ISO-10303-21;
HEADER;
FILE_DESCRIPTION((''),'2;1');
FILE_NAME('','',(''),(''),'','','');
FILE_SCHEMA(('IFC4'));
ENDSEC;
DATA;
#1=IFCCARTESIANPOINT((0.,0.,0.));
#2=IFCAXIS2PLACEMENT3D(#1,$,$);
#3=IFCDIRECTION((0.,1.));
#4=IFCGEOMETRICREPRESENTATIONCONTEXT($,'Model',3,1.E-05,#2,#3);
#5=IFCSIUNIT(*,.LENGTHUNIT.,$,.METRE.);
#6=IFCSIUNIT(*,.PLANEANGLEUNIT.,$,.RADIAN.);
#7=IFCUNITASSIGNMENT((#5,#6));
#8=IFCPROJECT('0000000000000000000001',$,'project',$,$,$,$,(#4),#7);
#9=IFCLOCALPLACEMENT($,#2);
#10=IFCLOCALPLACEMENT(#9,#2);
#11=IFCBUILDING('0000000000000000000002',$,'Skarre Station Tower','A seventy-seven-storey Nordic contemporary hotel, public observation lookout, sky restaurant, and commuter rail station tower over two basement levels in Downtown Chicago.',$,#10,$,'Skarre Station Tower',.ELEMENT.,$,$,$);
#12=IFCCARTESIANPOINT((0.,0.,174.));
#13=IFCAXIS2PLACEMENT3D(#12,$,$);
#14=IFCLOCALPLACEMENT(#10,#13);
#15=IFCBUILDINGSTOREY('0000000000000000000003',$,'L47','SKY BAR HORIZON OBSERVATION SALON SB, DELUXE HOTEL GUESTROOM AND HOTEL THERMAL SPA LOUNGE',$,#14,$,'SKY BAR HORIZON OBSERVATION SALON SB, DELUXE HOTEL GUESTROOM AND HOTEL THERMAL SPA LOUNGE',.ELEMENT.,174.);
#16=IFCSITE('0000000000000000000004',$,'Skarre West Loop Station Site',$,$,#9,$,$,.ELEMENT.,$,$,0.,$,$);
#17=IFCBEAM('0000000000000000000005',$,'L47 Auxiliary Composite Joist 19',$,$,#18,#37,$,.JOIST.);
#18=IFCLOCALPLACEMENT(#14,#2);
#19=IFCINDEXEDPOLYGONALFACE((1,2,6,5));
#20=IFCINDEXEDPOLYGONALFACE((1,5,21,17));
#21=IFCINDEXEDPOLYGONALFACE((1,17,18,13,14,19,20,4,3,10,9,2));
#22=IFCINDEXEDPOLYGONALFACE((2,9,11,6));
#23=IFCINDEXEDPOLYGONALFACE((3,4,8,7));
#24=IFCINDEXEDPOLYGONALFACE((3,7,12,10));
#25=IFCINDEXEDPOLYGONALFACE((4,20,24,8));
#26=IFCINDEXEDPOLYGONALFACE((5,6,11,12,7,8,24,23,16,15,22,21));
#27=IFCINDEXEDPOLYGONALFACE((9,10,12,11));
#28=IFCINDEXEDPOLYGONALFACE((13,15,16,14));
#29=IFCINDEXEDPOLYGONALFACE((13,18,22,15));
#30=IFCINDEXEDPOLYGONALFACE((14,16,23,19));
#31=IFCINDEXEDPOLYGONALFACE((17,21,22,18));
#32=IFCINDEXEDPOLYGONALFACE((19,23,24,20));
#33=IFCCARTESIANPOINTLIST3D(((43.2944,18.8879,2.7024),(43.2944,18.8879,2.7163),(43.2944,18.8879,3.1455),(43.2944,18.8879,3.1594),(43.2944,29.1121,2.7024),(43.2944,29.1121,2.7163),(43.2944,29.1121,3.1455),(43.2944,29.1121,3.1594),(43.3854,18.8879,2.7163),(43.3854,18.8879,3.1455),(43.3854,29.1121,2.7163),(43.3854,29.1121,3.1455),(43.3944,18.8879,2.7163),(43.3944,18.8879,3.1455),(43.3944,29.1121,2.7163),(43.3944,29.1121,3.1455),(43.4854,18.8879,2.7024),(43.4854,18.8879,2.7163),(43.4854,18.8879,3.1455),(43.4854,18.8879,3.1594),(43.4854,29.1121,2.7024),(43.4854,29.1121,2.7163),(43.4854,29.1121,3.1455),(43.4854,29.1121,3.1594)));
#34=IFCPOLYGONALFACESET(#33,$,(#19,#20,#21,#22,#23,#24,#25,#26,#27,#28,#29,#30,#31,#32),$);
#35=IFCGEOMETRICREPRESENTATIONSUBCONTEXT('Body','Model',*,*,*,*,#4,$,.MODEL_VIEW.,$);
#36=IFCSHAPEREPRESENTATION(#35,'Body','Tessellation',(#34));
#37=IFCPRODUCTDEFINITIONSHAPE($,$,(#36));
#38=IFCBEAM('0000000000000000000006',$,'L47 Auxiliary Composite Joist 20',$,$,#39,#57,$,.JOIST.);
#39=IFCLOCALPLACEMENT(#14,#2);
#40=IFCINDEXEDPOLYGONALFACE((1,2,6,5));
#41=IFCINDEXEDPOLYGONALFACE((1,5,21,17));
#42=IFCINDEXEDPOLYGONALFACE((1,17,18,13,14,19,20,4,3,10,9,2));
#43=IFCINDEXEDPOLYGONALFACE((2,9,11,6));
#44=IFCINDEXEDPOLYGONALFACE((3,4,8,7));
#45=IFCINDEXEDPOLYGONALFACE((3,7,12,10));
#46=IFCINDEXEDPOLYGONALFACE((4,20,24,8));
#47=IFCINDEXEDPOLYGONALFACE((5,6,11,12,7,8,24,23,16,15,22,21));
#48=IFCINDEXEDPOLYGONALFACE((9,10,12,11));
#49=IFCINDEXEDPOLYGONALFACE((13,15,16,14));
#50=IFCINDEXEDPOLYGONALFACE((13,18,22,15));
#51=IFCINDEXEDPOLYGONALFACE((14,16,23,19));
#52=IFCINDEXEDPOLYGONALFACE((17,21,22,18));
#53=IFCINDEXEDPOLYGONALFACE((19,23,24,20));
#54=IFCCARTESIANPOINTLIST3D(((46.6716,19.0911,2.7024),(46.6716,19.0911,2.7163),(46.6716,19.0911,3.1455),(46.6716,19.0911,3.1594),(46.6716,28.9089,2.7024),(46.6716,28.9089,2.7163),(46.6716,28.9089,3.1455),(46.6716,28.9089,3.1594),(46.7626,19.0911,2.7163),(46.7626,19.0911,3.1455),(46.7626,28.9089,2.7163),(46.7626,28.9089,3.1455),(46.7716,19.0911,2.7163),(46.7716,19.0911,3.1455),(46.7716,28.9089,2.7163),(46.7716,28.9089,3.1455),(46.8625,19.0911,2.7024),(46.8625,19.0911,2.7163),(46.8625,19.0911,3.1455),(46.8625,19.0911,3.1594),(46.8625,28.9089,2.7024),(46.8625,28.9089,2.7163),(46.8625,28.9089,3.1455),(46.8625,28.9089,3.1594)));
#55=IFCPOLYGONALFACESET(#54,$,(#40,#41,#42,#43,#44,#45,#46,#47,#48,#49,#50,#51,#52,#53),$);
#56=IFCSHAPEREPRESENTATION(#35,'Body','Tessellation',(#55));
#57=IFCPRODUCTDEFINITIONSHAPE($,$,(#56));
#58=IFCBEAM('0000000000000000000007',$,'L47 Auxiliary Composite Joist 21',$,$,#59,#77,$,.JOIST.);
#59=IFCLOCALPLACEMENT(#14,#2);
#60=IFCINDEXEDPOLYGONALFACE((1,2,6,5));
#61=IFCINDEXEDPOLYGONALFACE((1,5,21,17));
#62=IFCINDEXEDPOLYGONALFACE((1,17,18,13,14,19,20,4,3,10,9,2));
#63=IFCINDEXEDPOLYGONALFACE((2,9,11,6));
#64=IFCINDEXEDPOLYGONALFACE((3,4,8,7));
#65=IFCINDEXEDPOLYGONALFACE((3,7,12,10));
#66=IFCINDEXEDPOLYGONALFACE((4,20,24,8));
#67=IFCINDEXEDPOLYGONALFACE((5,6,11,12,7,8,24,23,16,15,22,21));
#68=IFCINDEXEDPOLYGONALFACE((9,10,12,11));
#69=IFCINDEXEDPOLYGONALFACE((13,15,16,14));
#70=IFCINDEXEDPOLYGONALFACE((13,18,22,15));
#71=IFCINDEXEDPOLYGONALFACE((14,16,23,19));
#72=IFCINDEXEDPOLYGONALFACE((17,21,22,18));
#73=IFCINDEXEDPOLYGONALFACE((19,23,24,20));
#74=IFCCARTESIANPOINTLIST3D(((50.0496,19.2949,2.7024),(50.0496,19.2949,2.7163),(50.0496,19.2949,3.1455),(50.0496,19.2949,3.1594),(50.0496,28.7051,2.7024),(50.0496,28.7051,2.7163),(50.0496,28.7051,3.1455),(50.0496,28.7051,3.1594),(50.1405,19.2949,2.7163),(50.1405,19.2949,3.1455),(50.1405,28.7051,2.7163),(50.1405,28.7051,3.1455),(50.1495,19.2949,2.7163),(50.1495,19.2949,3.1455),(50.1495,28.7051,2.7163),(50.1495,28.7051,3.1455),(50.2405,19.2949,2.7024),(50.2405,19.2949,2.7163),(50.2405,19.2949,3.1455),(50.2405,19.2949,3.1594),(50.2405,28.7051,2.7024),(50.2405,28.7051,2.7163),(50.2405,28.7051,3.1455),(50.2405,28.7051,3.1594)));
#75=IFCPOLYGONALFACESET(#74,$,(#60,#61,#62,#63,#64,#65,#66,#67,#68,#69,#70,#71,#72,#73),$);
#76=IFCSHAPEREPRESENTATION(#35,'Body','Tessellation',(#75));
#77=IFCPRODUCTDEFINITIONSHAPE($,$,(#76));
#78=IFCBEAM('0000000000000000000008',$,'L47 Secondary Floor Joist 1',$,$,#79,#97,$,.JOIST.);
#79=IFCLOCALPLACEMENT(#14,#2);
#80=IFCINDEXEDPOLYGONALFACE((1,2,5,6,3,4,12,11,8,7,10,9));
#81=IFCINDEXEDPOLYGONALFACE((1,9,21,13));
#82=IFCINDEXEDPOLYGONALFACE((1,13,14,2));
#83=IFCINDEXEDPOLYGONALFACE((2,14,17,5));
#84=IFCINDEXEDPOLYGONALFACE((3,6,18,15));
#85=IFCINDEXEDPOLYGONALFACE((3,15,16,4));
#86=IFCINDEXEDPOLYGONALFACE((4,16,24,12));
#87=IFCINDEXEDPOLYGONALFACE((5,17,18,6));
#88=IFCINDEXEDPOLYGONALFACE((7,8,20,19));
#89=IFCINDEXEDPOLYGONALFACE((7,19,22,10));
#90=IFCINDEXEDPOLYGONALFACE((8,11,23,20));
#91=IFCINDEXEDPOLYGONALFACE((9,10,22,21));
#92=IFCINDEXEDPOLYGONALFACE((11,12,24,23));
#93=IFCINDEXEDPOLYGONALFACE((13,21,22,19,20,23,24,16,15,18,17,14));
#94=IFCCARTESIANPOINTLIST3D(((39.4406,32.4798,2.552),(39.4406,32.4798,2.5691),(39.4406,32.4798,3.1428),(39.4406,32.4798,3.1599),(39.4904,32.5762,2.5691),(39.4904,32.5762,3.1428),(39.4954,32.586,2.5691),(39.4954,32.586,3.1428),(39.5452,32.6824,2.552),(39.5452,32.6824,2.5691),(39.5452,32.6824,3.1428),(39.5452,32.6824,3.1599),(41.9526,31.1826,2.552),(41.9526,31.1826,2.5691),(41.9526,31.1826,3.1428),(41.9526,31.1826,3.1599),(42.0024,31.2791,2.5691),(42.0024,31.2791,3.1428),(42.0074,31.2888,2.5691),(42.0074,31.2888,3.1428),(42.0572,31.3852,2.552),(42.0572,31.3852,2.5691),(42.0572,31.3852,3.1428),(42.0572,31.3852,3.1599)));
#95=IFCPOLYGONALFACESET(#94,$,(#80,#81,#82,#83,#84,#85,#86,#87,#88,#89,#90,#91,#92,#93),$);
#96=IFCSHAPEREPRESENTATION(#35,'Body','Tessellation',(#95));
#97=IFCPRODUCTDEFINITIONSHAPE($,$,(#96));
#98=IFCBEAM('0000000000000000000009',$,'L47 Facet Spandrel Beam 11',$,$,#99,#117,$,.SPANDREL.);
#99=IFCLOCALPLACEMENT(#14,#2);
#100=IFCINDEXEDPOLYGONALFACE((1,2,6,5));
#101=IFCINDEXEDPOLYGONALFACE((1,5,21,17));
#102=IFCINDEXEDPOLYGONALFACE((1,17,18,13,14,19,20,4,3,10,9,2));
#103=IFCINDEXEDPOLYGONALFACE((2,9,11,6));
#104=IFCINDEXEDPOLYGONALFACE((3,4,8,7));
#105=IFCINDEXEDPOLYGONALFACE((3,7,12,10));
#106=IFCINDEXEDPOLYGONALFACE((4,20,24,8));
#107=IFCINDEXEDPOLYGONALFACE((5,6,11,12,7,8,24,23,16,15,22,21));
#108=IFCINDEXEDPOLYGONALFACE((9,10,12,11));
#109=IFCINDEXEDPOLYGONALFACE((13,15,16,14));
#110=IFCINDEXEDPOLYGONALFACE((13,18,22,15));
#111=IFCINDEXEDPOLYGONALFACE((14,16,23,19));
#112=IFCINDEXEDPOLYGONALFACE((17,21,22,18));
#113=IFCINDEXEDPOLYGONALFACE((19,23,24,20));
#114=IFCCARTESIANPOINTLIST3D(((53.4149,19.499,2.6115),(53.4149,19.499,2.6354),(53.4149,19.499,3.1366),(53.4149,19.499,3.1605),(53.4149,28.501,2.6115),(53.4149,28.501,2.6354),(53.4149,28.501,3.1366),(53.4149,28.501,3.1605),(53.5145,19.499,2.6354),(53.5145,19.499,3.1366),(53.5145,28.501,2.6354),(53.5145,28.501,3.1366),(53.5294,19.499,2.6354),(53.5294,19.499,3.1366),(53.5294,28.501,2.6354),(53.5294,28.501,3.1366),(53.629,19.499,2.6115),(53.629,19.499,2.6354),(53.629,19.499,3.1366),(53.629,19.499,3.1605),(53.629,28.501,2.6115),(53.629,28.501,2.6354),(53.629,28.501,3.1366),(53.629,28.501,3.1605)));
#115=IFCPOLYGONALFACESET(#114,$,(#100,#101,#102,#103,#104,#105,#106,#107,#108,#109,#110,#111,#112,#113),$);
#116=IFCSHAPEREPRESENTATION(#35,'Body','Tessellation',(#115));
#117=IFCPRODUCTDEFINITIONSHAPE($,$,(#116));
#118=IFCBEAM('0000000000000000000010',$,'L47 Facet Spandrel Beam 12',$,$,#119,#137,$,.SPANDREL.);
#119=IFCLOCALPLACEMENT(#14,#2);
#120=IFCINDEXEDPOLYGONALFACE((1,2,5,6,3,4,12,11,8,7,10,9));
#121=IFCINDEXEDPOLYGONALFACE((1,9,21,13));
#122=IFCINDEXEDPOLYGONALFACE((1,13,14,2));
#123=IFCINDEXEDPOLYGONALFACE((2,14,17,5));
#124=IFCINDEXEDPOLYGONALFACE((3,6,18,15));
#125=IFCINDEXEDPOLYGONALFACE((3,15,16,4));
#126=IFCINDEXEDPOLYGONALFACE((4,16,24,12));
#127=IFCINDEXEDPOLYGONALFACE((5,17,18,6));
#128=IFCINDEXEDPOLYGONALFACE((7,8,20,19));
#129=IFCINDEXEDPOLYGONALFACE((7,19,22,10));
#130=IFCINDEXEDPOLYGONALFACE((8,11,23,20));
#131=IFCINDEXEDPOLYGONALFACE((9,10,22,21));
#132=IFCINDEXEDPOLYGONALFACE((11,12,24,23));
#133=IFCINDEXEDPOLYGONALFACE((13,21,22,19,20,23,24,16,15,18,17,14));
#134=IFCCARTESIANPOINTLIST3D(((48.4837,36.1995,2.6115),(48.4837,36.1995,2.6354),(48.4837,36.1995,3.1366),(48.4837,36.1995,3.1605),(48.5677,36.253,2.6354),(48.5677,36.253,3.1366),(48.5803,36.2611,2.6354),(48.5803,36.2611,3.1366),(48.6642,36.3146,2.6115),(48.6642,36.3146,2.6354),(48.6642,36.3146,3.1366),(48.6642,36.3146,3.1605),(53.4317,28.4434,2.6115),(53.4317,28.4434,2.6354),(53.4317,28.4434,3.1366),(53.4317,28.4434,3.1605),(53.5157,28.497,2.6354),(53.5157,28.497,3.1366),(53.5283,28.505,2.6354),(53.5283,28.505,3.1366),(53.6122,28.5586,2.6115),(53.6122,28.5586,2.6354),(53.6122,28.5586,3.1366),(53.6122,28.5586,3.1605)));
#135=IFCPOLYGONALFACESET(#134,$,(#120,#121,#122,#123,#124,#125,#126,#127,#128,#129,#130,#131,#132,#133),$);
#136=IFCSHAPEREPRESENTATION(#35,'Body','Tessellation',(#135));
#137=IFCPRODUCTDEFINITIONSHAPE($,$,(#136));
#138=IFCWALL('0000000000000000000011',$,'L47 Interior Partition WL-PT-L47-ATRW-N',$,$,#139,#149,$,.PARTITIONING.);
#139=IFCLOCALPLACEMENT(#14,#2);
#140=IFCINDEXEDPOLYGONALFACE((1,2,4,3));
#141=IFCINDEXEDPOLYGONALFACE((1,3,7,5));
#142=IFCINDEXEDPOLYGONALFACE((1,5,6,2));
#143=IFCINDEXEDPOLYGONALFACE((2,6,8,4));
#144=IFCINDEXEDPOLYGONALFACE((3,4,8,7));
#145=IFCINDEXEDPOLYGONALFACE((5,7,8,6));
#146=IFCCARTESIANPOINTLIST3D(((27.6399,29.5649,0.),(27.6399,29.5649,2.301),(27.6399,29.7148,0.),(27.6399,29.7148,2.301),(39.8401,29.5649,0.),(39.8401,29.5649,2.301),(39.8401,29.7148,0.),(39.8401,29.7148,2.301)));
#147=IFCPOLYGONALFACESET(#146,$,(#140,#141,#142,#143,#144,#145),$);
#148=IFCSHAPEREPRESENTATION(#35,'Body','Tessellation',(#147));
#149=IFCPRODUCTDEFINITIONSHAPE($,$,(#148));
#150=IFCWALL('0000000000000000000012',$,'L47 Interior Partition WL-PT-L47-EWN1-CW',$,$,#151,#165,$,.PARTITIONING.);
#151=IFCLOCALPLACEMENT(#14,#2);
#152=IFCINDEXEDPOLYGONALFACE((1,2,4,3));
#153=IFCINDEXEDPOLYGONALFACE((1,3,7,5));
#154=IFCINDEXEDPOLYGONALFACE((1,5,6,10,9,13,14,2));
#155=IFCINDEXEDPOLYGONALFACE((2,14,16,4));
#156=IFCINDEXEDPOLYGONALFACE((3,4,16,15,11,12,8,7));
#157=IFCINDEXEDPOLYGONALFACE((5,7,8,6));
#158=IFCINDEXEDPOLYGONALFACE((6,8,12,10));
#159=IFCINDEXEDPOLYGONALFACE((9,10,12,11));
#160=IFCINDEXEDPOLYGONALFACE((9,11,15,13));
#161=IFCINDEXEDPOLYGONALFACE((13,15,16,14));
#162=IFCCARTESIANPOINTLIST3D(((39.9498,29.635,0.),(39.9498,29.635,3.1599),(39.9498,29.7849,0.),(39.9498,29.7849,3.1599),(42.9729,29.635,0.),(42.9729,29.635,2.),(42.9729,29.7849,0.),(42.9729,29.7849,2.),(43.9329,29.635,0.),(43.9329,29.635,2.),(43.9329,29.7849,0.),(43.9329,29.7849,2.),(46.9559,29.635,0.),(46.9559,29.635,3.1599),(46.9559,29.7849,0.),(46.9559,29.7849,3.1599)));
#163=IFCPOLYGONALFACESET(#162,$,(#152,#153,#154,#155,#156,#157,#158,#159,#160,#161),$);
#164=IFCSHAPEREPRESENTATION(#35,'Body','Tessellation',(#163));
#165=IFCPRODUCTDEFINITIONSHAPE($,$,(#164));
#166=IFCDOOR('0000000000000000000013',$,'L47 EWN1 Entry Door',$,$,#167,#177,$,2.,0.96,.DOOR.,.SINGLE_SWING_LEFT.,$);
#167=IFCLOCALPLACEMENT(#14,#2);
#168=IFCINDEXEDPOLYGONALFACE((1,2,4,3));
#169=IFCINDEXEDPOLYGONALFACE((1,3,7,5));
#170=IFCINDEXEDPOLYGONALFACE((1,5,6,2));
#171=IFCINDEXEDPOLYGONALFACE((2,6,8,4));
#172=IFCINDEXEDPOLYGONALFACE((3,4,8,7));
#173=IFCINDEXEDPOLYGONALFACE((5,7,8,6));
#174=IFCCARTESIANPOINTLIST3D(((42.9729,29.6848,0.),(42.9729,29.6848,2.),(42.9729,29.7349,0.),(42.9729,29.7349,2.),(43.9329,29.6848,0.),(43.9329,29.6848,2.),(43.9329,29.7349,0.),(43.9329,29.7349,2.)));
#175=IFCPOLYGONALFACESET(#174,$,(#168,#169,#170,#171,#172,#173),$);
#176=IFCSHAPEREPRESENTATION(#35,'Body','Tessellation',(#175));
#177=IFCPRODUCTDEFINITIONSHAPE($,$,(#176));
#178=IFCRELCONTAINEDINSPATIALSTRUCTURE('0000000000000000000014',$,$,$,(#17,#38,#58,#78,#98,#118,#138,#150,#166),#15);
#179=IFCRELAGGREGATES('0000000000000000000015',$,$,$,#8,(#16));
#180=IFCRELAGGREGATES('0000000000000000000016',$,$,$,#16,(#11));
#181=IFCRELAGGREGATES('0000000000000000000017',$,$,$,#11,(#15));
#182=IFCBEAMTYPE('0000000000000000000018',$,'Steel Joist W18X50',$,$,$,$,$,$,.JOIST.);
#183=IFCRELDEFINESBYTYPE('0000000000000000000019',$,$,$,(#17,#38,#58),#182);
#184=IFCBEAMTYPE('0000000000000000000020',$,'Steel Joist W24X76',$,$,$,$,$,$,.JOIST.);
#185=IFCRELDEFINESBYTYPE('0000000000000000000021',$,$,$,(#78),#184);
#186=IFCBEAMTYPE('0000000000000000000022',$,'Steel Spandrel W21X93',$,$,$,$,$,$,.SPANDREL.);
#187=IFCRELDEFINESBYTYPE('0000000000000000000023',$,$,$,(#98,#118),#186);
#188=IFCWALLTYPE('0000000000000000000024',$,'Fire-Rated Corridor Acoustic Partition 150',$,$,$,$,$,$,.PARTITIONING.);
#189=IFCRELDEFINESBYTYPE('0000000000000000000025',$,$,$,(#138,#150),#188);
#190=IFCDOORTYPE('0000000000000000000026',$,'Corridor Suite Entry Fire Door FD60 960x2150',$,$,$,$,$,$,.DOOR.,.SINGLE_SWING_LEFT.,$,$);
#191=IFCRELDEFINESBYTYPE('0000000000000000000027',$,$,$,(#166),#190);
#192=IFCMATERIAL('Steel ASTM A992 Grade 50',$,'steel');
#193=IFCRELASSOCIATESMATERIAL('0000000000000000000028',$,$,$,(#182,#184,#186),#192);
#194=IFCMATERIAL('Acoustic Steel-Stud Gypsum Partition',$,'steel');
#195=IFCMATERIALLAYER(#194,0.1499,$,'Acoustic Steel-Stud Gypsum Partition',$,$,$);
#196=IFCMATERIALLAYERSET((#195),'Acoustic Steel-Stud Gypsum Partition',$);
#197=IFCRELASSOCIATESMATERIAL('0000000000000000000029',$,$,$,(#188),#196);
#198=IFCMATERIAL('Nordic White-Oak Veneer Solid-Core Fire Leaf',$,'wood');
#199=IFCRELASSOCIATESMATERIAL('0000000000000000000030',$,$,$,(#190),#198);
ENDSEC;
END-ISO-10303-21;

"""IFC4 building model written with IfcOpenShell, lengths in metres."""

from ifc_helpers import new_model, si_unit, direction, frame, frame_2d, origin, origin_2d, place, context, subcontext, project, spatial, rectangle, i_section, extrude, material, layer, layer_set, material_profile, profile_set, type_object, element, fill, save


model = new_model("IFC4")

# Units and contexts
model_context = context("Model", 3, precision=1e-05, world=origin(), true_north=direction((0.0, 1.0)))
body_context = subcontext(model_context, "Body", "Model", "MODEL_VIEW")
ifc_project = project(units=[si_unit("LENGTHUNIT", "METRE"), si_unit("PLANEANGLEUNIT", "RADIAN")], contexts=[model_context])

# Site, building, storey
site_placement = place(None, origin())
site = spatial("IfcSite", under=ifc_project, at=site_placement, Name="Skarre West Loop Station Site", CompositionType="ELEMENT", RefElevation=0.0)
building_placement = place(site_placement, origin())
building = spatial("IfcBuilding", under=site, at=building_placement, Name="Skarre Station Tower", Description="A seventy-seven-storey Nordic contemporary hotel, public observation lookout, sky restaurant, and commuter rail station tower over two basement levels in Downtown Chicago.", LongName="Skarre Station Tower", CompositionType="ELEMENT")
storey_placement = place(building_placement, frame((0.0, 0.0, 174.0)))
storey = spatial("IfcBuildingStorey", under=building, at=storey_placement, Name="L47", Description="SKY BAR HORIZON OBSERVATION SALON SB, DELUXE HOTEL GUESTROOM AND HOTEL THERMAL SPA LOUNGE", LongName="SKY BAR HORIZON OBSERVATION SALON SB, DELUXE HOTEL GUESTROOM AND HOTEL THERMAL SPA LOUNGE", CompositionType="ELEMENT", Elevation=174.0)

# Beams
ifc_material_1 = material(Name="Steel ASTM A992 Grade 50", Category="steel")
ifc_material_profile_1 = material_profile(ifc_material_1, i_section(OverallWidth=0.1909, OverallDepth=0.457, WebThickness=0.009, FlangeThickness=0.0139, at=origin_2d()), Name="Steel ASTM A992 Grade 50")
ifc_profile_set_1 = profile_set([ifc_material_profile_1], Name="Steel ASTM A992 Grade 50")
beam_type_1 = type_object("IfcBeamType", Name="Steel Joist W18X50", PredefinedType="JOIST", material=ifc_profile_set_1)
beam_1_placement = place(storey_placement, frame((43.3899, 18.8879, 2.9309), z_axis=(0.0, 1.0, 0.0), x_axis=(-1.0, 0.0, 0.0)))
element("IfcBeam", 1, at=beam_1_placement, inside=storey, type_object=beam_type_1, Name="L47 Auxiliary Composite Joist 19", PredefinedType="JOIST", context=body_context, shape_type="SweptSolid", body=[
    extrude(i_section(OverallWidth=0.1909, OverallDepth=0.457, WebThickness=0.009, FlangeThickness=0.0139, at=origin_2d()), origin(), (0.0, 0.0, 1.0), 10.2241),
])
beam_2_placement = place(storey_placement, frame((46.7671, 19.0911, 2.9309), z_axis=(0.0, 1.0, 0.0), x_axis=(-1.0, 0.0, 0.0)))
element("IfcBeam", 2, at=beam_2_placement, inside=storey, type_object=beam_type_1, Name="L47 Auxiliary Composite Joist 20", PredefinedType="JOIST", context=body_context, shape_type="SweptSolid", body=[
    extrude(i_section(OverallWidth=0.1909, OverallDepth=0.457, WebThickness=0.009, FlangeThickness=0.0139, at=origin_2d()), origin(), (0.0, 0.0, 1.0), 9.8179),
])
beam_3_placement = place(storey_placement, frame((50.145, 19.2949, 2.9309), z_axis=(0.0, 1.0, 0.0), x_axis=(-1.0, 0.0, 0.0)))
element("IfcBeam", 3, at=beam_3_placement, inside=storey, type_object=beam_type_1, Name="L47 Auxiliary Composite Joist 21", PredefinedType="JOIST", context=body_context, shape_type="SweptSolid", body=[
    extrude(i_section(OverallWidth=0.1909, OverallDepth=0.457, WebThickness=0.009, FlangeThickness=0.0139, at=origin_2d()), origin(), (0.0, 0.0, 1.0), 9.4102),
])
ifc_material_profile_2 = material_profile(ifc_material_1, i_section(OverallWidth=0.228, OverallDepth=0.6079, WebThickness=0.011, FlangeThickness=0.0171, at=origin_2d()), Name="Steel ASTM A992 Grade 50")
ifc_profile_set_2 = profile_set([ifc_material_profile_2], Name="Steel ASTM A992 Grade 50")
beam_type_2 = type_object("IfcBeamType", Name="Steel Joist W24X76", PredefinedType="JOIST", material=ifc_profile_set_2)
beam_4_placement = place(storey_placement, frame((42.0049, 31.2839, 2.856), z_axis=(-0.888531, 0.458817, 0.0), x_axis=(-0.458817, -0.888531, 0.0)))
element("IfcBeam", 4, at=beam_4_placement, inside=storey, type_object=beam_type_2, Name="L47 Secondary Floor Joist 1", PredefinedType="JOIST", context=body_context, shape_type="SweptSolid", body=[
    extrude(i_section(OverallWidth=0.228, OverallDepth=0.6079, WebThickness=0.011, FlangeThickness=0.0171, at=origin_2d()), origin(), (0.0, 0.0, 1.0), 2.8271),
])
ifc_material_profile_3 = material_profile(ifc_material_1, i_section(OverallWidth=0.2141, OverallDepth=0.5491, WebThickness=0.0149, FlangeThickness=0.0239, at=origin_2d()), Name="Steel ASTM A992 Grade 50")
ifc_profile_set_3 = profile_set([ifc_material_profile_3], Name="Steel ASTM A992 Grade 50")
beam_type_3 = type_object("IfcBeamType", Name="Steel Spandrel W21X93", PredefinedType="SPANDREL", material=ifc_profile_set_3)
beam_5_placement = place(storey_placement, frame((53.522, 19.499, 2.886), z_axis=(0.0, 1.0, 0.0), x_axis=(-1.0, 0.0, 0.0)))
element("IfcBeam", 5, at=beam_5_placement, inside=storey, type_object=beam_type_3, Name="L47 Facet Spandrel Beam 11", PredefinedType="SPANDREL", context=body_context, shape_type="SweptSolid", body=[
    extrude(i_section(OverallWidth=0.2141, OverallDepth=0.5491, WebThickness=0.0149, FlangeThickness=0.0239, at=origin_2d()), origin(), (0.0, 0.0, 1.0), 9.002),
])
beam_6_placement = place(storey_placement, frame((53.522, 28.501, 2.886), z_axis=(-0.537826, 0.843056, 0.0), x_axis=(-0.843056, -0.537826, 0.0)))
element("IfcBeam", 6, at=beam_6_placement, inside=storey, type_object=beam_type_3, Name="L47 Facet Spandrel Beam 12", PredefinedType="SPANDREL", context=body_context, shape_type="SweptSolid", body=[
    extrude(i_section(OverallWidth=0.2141, OverallDepth=0.5491, WebThickness=0.0149, FlangeThickness=0.0239, at=origin_2d()), origin(), (0.0, 0.0, 1.0), 9.2),
])

# Wall
ifc_material_2 = material(Name="Acoustic Steel-Stud Gypsum Partition", Category="steel")
ifc_layer_1 = layer(ifc_material_2, 0.1499, Name="Acoustic Steel-Stud Gypsum Partition")
ifc_layer_set_1 = layer_set([ifc_layer_1], Name="Acoustic Steel-Stud Gypsum Partition")
wall_type_1 = type_object("IfcWallType", Name="Fire-Rated Corridor Acoustic Partition 150", PredefinedType="PARTITIONING", material=ifc_layer_set_1)
wall_1_placement = place(storey_placement, frame((39.8401, 29.6399, 0.0), z_axis=(0.0, 0.0, 1.0), x_axis=(-1.0, 0.0, 0.0)))
element("IfcWall", 7, at=wall_1_placement, inside=storey, type_object=wall_type_1, Name="L47 Interior Partition WL-PT-L47-ATRW-N", PredefinedType="PARTITIONING", context=body_context, shape_type="SweptSolid", body=[
    extrude(rectangle(XDim=12.2002, YDim=0.1499, at=frame_2d((6.1001, 0.0))), origin(), (0.0, 0.0, 1.0), 2.301),
])

# Wall, opening, door
wall_2_placement = place(storey_placement, frame((39.95, 29.71, 0.0), z_axis=(0.0, 0.0, 1.0), x_axis=(1.0, 0.0, 0.0)))
wall_2 = element("IfcWall", 8, at=wall_2_placement, inside=storey, type_object=wall_type_1, Name="L47 Interior Partition WL-PT-L47-EWN1-CW", PredefinedType="PARTITIONING", context=body_context, shape_type="SweptSolid", body=[
    extrude(rectangle(XDim=7.0061, YDim=0.1499, at=frame_2d((3.5029, 0.0))), origin(), (0.0, 0.0, 1.0), 3.1599),
])
opening_1_placement = place(wall_2_placement, frame((3.0229, 0.0, 0.0)))
opening_1 = element("IfcOpeningElement", 9, at=opening_1_placement, cuts=wall_2, PredefinedType="OPENING", context=body_context, shape_type="SweptSolid", body=[
    extrude(rectangle(XDim=0.96, YDim=2.0, at=frame_2d((0.48, 1.0))), frame((0.0, 0.085, 0.0), z_axis=(0.0, -1.0, 0.0), x_axis=(1.0, 0.0, 0.0)), (0.0, 0.0, 1.0), 0.1699),
])
ifc_material_3 = material(Name="Nordic White-Oak Veneer Solid-Core Fire Leaf", Category="wood")
door_type_1 = type_object("IfcDoorType", Name="Corridor Suite Entry Fire Door FD60 960x2150", OperationType="SINGLE_SWING_LEFT", PredefinedType="DOOR", material=ifc_material_3)
door_1_placement = place(opening_1_placement, origin())
door_1 = element("IfcDoor", 10, at=door_1_placement, inside=storey, type_object=door_type_1, Name="L47 EWN1 Entry Door", OperationType="SINGLE_SWING_LEFT", OverallHeight=2.0, OverallWidth=0.96, PredefinedType="DOOR", context=body_context, shape_type="SweptSolid", body=[
    extrude(rectangle(XDim=0.96, YDim=2.0, at=frame_2d((0.48, 1.0))), frame((0.0, 0.0249, 0.0), z_axis=(0.0, -1.0, 0.0), x_axis=(1.0, 0.0, 0.0)), (0.0, 0.0, 1.0), 0.05),
])
fill(opening_1, door_1)

save(model, "model.ifc")
